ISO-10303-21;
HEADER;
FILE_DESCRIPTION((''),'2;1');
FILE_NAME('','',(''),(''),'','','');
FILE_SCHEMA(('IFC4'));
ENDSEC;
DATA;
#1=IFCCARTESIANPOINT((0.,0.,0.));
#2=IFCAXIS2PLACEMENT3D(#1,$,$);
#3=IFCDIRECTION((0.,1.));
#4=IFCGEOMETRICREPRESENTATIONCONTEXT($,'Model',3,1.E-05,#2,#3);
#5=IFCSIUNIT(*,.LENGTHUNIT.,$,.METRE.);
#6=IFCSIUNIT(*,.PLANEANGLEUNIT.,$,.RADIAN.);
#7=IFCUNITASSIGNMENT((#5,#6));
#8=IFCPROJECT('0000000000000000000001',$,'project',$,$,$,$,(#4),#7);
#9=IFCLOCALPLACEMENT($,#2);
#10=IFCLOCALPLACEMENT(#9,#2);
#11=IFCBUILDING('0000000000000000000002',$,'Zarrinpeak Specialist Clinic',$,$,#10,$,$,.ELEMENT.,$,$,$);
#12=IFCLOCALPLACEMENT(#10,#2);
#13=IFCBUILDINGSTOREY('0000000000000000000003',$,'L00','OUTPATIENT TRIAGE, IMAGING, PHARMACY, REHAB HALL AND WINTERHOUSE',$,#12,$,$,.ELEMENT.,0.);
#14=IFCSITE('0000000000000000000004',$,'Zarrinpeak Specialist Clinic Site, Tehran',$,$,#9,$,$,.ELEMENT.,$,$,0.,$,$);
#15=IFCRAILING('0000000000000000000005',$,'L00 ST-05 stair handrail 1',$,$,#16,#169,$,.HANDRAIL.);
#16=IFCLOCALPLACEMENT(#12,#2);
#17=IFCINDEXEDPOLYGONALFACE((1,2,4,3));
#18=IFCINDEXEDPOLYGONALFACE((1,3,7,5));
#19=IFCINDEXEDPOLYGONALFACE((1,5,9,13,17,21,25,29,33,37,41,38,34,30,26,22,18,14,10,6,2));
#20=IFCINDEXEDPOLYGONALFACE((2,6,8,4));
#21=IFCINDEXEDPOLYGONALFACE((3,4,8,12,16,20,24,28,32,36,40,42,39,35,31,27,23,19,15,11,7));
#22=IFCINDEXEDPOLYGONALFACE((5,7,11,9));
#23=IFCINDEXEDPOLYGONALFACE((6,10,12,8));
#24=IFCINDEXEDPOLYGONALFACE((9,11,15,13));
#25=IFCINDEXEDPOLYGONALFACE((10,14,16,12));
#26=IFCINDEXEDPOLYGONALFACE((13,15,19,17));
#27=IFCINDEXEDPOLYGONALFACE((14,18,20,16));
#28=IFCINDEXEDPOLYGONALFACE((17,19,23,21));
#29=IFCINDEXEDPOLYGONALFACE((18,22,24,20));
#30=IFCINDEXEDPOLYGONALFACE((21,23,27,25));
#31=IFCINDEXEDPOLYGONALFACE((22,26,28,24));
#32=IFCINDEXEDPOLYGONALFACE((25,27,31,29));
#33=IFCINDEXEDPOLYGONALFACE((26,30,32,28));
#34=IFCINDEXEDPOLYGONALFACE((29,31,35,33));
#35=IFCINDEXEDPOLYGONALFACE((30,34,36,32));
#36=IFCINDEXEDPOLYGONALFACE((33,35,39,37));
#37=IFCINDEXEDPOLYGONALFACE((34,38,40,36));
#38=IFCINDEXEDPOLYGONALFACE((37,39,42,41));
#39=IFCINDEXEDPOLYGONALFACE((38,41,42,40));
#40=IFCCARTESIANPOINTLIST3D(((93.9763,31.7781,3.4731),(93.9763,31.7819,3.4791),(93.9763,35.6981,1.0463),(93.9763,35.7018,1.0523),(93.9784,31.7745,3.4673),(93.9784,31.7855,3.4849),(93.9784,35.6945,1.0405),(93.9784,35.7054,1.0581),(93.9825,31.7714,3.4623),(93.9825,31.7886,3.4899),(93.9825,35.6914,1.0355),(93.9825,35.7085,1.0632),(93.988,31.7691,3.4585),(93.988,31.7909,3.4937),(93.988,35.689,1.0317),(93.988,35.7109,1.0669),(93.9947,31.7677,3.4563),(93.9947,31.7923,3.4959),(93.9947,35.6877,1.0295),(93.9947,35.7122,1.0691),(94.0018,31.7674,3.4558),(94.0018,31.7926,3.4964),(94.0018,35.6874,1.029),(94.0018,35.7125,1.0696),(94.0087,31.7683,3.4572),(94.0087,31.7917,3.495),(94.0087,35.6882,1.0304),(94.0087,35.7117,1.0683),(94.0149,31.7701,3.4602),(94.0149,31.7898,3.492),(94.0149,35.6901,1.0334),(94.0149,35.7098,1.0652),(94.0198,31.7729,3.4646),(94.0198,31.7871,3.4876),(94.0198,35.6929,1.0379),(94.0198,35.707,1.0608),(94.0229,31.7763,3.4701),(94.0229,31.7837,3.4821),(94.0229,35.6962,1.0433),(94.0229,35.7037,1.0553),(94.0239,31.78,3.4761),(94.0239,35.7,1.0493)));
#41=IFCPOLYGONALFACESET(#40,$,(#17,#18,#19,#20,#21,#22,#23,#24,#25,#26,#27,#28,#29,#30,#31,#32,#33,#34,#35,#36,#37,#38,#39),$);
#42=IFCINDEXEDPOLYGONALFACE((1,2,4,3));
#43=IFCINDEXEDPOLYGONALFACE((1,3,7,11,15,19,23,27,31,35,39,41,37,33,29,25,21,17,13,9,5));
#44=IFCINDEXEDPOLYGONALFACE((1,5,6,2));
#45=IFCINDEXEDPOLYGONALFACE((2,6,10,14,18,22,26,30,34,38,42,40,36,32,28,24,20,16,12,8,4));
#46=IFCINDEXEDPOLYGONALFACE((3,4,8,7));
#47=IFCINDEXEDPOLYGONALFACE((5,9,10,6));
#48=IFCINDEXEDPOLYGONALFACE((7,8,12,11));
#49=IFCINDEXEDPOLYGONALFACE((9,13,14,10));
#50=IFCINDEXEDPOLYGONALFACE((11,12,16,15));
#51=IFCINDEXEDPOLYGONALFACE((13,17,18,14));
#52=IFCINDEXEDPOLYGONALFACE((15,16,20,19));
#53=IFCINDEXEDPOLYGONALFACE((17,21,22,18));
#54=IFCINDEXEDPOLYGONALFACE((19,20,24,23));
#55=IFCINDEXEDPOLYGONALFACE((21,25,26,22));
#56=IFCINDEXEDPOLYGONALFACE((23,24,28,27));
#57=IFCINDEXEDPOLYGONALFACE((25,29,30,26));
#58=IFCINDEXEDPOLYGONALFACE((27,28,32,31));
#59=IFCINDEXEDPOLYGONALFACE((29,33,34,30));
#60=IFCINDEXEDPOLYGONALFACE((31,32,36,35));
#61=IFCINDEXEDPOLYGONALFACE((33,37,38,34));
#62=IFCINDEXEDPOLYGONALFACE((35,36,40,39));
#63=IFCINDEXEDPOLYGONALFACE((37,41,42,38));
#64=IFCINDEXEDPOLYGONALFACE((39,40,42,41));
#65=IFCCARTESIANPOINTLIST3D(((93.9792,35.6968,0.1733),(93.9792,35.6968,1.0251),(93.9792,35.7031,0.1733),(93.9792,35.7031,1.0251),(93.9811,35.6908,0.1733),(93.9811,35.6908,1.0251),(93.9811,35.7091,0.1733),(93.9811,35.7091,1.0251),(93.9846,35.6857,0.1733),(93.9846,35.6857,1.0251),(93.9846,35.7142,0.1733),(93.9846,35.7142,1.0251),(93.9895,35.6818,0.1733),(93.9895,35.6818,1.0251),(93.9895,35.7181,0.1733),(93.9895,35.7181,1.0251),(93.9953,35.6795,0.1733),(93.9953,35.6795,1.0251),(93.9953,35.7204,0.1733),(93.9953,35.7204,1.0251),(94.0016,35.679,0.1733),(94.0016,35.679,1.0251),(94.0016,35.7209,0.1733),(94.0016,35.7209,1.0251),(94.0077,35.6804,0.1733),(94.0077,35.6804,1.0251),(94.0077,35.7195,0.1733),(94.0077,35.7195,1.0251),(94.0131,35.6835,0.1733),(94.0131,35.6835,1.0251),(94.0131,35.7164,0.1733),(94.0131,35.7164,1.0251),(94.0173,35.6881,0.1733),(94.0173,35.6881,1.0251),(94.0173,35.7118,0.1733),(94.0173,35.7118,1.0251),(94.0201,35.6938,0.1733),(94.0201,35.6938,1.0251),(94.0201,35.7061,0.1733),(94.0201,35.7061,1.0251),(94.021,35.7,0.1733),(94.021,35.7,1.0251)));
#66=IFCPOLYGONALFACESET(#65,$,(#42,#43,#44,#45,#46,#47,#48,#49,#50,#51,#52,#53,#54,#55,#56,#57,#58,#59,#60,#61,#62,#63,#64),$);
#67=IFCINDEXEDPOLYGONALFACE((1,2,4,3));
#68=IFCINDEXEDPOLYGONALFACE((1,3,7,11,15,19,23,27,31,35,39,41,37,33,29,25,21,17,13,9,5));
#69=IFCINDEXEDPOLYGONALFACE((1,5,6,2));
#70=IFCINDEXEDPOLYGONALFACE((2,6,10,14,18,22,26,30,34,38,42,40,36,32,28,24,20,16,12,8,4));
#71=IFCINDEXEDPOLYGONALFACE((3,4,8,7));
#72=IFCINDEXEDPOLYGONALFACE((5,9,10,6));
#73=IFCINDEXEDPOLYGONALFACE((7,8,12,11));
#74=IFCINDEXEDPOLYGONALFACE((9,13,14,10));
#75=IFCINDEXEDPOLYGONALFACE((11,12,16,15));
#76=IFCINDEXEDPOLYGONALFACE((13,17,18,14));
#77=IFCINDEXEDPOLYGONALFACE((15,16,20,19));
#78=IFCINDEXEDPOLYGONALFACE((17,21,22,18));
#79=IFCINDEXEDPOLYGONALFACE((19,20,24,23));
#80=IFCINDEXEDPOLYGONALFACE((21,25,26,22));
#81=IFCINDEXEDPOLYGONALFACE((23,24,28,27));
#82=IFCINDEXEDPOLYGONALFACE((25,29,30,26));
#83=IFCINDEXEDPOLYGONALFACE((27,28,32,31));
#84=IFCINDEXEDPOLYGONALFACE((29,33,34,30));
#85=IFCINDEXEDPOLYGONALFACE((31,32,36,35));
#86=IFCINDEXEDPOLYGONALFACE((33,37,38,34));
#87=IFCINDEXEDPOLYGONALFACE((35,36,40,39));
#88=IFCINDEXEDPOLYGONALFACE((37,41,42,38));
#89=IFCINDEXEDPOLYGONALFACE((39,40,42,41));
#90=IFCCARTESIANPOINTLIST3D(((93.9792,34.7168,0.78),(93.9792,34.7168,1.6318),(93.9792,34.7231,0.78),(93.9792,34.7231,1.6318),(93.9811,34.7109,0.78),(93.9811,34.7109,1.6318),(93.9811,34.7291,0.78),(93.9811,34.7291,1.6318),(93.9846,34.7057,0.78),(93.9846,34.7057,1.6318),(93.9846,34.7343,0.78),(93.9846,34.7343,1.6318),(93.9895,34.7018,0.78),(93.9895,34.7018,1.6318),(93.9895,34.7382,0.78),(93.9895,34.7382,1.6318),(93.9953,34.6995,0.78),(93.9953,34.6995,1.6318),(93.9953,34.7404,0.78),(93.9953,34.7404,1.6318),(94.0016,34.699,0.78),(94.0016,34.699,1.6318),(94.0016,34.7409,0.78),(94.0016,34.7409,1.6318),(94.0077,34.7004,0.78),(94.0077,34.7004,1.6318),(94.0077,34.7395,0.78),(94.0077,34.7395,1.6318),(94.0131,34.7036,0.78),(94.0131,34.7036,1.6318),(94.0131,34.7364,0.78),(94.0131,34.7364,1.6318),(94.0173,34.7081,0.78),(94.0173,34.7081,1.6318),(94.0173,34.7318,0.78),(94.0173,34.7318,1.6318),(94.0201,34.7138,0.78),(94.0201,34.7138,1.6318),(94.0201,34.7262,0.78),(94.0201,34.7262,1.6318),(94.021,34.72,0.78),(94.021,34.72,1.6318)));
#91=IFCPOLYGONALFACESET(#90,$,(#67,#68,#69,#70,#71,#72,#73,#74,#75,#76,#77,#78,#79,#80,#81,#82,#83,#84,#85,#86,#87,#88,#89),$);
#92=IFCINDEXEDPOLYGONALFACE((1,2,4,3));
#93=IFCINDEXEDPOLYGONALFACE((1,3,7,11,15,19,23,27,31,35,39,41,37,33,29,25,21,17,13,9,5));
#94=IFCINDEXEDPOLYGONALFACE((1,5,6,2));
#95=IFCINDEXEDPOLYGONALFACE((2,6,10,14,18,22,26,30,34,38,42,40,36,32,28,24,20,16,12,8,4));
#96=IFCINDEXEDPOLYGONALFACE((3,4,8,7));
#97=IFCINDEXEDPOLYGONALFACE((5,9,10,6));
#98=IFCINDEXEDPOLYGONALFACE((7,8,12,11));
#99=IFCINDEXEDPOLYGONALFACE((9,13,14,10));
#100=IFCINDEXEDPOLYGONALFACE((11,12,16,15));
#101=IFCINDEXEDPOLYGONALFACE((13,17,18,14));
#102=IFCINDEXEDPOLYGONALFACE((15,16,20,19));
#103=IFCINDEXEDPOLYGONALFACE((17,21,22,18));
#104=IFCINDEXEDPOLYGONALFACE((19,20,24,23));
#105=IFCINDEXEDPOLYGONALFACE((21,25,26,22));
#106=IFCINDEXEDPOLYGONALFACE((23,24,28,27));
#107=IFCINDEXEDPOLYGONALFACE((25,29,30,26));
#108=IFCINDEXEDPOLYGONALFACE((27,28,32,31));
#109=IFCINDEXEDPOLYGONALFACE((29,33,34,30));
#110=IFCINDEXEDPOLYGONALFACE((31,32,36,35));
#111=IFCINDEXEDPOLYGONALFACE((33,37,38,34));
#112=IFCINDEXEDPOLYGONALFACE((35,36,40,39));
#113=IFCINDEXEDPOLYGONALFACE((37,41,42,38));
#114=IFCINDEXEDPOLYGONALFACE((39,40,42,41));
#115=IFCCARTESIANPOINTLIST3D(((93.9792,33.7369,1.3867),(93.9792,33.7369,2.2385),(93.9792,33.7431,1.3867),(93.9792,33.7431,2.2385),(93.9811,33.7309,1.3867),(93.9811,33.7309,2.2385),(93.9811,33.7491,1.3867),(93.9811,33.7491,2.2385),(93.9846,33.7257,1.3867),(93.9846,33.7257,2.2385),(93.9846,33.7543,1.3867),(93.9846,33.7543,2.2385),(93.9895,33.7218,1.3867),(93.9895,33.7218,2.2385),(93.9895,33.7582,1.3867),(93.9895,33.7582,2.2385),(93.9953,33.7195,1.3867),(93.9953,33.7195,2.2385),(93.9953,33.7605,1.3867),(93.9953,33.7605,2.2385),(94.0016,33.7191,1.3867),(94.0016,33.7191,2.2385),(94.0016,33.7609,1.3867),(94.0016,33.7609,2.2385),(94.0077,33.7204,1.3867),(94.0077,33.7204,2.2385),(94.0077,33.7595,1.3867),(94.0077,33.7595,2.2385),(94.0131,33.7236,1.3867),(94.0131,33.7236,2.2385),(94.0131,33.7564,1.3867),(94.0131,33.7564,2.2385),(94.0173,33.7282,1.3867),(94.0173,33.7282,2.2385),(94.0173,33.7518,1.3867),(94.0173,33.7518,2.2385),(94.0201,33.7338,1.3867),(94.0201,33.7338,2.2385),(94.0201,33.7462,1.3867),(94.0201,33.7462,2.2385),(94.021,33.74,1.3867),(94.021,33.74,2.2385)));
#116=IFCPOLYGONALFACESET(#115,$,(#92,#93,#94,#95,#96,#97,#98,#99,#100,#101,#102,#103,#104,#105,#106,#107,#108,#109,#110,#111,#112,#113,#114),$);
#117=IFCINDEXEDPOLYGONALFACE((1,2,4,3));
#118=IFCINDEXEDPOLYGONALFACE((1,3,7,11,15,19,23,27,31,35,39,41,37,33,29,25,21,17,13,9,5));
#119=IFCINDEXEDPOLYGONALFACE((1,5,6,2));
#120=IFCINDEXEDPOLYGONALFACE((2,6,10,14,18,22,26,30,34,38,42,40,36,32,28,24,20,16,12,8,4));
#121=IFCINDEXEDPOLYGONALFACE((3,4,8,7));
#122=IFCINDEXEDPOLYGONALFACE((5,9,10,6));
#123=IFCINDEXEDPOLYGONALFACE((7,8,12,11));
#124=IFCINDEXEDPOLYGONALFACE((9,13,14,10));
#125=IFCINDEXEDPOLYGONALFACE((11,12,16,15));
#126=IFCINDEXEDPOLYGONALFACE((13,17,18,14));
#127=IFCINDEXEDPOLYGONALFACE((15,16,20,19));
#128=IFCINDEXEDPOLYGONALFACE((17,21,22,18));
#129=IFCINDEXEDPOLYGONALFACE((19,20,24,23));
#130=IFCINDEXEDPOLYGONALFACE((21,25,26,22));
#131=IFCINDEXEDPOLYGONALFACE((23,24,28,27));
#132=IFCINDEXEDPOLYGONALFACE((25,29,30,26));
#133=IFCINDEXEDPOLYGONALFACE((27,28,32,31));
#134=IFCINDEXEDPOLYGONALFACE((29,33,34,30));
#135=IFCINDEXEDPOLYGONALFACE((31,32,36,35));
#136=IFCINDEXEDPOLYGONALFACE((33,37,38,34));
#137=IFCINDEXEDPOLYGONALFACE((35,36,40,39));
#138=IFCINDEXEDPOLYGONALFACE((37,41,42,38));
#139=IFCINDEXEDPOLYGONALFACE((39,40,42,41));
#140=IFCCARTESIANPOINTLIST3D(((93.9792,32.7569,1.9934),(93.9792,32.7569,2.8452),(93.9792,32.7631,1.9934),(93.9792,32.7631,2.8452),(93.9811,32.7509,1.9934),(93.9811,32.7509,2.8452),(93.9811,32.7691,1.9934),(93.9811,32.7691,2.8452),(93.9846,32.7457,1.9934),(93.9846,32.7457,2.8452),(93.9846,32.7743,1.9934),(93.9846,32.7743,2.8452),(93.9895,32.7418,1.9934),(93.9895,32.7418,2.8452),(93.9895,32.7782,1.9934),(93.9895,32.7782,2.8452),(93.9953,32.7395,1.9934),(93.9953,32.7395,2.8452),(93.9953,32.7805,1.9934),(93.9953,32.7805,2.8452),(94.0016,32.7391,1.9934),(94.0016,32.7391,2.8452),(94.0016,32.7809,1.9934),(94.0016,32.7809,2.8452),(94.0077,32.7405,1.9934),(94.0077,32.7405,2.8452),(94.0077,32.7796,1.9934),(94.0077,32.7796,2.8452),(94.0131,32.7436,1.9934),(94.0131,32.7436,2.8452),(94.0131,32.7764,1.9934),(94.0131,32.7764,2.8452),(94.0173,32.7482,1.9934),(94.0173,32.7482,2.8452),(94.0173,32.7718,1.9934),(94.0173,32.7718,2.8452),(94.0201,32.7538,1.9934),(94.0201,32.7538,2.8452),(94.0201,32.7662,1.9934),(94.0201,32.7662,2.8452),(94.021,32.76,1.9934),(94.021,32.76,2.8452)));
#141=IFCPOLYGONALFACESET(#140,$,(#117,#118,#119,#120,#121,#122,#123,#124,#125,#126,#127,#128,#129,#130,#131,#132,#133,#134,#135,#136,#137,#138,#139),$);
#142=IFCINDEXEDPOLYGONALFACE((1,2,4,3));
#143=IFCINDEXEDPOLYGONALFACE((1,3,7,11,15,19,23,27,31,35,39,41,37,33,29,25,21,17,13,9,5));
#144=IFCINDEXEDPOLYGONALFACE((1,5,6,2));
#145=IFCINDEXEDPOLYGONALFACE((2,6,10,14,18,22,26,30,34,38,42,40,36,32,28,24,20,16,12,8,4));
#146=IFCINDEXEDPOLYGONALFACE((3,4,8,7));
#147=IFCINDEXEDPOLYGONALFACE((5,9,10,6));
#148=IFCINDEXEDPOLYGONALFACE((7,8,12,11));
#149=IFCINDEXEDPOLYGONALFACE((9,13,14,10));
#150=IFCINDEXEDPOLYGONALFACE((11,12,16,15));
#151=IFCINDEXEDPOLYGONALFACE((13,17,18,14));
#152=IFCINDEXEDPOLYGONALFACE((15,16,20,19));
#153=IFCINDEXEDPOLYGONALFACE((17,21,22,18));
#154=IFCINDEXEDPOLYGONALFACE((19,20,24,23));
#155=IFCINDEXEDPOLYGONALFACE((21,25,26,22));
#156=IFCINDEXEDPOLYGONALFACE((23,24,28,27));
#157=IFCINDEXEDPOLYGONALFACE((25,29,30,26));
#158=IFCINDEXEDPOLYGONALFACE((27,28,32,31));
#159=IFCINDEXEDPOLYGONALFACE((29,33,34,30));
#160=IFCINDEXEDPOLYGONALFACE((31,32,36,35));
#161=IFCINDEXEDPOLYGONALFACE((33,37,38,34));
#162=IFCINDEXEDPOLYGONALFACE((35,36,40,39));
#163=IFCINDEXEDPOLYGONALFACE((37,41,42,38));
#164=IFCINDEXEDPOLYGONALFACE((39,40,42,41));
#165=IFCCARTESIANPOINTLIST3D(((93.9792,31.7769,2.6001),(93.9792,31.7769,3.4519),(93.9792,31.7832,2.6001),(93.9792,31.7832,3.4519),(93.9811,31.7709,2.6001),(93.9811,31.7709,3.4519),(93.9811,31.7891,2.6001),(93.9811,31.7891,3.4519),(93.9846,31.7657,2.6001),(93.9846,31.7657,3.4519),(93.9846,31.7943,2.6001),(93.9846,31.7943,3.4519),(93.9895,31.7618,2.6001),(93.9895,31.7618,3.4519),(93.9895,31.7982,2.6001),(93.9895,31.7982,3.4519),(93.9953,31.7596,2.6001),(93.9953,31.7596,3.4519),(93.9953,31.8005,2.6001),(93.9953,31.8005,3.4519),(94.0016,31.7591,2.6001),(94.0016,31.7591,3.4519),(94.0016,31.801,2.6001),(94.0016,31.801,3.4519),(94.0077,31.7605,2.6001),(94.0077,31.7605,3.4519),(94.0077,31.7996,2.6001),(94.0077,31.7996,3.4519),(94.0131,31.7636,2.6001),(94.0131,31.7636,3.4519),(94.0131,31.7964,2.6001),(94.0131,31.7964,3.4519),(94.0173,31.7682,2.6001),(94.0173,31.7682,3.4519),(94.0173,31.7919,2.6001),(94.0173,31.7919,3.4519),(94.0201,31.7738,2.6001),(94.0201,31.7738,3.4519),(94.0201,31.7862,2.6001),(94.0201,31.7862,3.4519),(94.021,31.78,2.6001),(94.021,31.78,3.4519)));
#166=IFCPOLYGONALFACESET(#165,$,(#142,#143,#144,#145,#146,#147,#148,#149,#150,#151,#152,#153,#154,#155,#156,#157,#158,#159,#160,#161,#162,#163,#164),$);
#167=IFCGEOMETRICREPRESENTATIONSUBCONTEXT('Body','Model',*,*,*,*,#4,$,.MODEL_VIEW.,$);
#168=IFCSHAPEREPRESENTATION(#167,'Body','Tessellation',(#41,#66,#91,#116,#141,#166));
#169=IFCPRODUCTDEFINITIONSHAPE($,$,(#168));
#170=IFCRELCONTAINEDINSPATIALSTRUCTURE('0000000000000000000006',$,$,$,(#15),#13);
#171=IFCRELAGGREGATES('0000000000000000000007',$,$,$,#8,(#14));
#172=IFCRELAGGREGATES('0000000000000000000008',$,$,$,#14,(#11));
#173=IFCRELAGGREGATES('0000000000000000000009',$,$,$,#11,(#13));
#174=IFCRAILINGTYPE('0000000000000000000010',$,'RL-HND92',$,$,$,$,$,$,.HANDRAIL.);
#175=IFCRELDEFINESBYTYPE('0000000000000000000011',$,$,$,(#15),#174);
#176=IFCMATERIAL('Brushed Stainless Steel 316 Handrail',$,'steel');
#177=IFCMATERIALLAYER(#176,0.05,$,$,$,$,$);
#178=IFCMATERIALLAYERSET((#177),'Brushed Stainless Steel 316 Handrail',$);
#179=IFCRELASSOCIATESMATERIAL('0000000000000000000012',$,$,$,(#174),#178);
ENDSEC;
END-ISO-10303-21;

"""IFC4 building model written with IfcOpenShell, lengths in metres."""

from ifc_helpers import new_model, si_unit, direction, frame, origin, origin_2d, place, context, subcontext, project, spatial, circle, extrude, material, layer, layer_set, type_object, element, save


model = new_model("IFC4")

# Units and contexts
model_context = context("Model", 3, precision=1e-05, world=origin(), true_north=direction((0.0, 1.0)))
body_context = subcontext(model_context, "Body", "Model", "MODEL_VIEW")
ifc_project = project(units=[si_unit("LENGTHUNIT", "METRE"), si_unit("PLANEANGLEUNIT", "RADIAN")], contexts=[model_context])

# Site, building, storey
site_placement = place(None, origin())
site = spatial("IfcSite", under=ifc_project, at=site_placement, Name="Zarrinpeak Specialist Clinic Site, Tehran", CompositionType="ELEMENT", RefElevation=0.0)
building_placement = place(site_placement, origin())
building = spatial("IfcBuilding", under=site, at=building_placement, Name="Zarrinpeak Specialist Clinic", CompositionType="ELEMENT")
storey_placement = place(building_placement, origin())
storey = spatial("IfcBuildingStorey", under=building, at=storey_placement, Name="L00", Description="OUTPATIENT TRIAGE, IMAGING, PHARMACY, REHAB HALL AND WINTERHOUSE", CompositionType="ELEMENT", Elevation=0.0)

# Railing
ifc_material_1 = material(Name="Brushed Stainless Steel 316 Handrail", Category="steel")
ifc_layer_1 = layer(ifc_material_1, 0.05)
ifc_layer_set_1 = layer_set([ifc_layer_1], Name="Brushed Stainless Steel 316 Handrail")
railing_type = type_object("IfcRailingType", Name="RL-HND92", PredefinedType="HANDRAIL", material=ifc_layer_set_1)
railing_placement = place(storey_placement, frame((94.0, 35.7, 0.1733)))
element("IfcRailing", 1, at=railing_placement, inside=storey, type_object=railing_type, Name="L00 ST-05 stair handrail 1", PredefinedType="HANDRAIL", context=body_context, shape_type="SweptSolid", body=[
    extrude(circle(Radius=0.0239, at=origin_2d()), frame((0.0, 0.0, 0.876), z_axis=(0.0, -0.850252, 0.526376), x_axis=(1.0, 0.0, 0.0)), (0.0, 0.0, 1.0), 4.6104),
    extrude(circle(Radius=0.021, at=origin_2d()), origin(), (0.0, 0.0, 1.0), 0.8518),
    extrude(circle(Radius=0.021, at=origin_2d()), frame((0.0, -0.98, 0.6067)), (0.0, 0.0, 1.0), 0.8518),
    extrude(circle(Radius=0.021, at=origin_2d()), frame((0.0, -1.96, 1.2134)), (0.0, 0.0, 1.0), 0.8518),
    extrude(circle(Radius=0.021, at=origin_2d()), frame((0.0, -2.9399, 1.8201)), (0.0, 0.0, 1.0), 0.8518),
    extrude(circle(Radius=0.021, at=origin_2d()), frame((0.0, -3.9199, 2.4268)), (0.0, 0.0, 1.0), 0.8518),
])

save(model, "model.ifc")
